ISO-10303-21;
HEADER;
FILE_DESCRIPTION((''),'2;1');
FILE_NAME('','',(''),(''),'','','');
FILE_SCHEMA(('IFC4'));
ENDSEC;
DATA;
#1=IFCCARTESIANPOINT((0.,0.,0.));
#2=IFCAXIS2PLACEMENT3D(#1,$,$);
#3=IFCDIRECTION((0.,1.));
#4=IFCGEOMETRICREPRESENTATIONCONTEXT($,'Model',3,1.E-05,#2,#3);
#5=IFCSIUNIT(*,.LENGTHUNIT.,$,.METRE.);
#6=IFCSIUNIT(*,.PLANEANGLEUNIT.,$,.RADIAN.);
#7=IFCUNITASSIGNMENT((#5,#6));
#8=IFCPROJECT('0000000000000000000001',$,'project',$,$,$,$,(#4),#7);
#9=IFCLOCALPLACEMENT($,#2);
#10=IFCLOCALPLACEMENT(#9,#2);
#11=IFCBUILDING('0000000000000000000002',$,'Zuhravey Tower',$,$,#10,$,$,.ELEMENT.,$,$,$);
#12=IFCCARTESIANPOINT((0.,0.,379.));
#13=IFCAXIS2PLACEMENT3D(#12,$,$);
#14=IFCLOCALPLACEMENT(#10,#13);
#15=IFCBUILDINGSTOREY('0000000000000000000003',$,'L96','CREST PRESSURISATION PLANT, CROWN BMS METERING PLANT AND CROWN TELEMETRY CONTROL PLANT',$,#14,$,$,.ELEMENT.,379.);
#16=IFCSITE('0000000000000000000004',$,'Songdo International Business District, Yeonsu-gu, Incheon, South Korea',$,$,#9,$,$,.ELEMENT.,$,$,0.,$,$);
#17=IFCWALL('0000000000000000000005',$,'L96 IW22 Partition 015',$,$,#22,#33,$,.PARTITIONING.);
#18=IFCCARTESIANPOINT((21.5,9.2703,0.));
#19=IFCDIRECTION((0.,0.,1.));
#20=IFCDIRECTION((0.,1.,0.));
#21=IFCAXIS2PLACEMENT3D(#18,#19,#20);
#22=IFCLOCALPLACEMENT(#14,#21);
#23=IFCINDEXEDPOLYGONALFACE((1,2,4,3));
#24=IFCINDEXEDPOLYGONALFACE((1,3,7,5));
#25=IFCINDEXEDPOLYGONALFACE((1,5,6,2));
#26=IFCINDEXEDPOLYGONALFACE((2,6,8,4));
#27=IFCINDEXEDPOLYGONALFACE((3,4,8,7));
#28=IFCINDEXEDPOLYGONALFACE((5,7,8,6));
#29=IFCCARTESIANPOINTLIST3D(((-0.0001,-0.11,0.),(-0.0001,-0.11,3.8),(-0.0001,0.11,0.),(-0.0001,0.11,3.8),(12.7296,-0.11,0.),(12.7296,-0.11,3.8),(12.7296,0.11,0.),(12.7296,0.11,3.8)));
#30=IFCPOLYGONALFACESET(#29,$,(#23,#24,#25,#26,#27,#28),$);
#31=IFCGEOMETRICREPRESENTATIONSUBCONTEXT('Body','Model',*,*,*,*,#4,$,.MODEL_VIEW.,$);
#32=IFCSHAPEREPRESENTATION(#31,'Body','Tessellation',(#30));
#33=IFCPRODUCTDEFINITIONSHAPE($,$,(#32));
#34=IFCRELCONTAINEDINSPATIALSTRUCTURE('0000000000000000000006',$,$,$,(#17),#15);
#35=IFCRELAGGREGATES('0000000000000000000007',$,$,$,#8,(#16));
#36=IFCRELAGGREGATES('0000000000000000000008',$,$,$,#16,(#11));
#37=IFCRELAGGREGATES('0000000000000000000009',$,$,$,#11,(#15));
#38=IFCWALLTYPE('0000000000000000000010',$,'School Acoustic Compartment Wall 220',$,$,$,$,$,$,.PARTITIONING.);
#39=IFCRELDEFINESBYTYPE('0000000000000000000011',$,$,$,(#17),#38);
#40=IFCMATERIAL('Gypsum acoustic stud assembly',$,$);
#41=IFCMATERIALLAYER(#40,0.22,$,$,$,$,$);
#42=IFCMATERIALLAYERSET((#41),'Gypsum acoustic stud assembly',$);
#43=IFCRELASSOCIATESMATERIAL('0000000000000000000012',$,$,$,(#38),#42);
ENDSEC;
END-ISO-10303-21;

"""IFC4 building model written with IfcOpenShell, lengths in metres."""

from ifc_helpers import new_model, si_unit, direction, frame, frame_2d, origin, place, context, subcontext, project, spatial, rectangle, extrude, material, layer, layer_set, type_object, element, save


model = new_model("IFC4")

# Units and contexts
model_context = context("Model", 3, precision=1e-05, world=origin(), true_north=direction((0.0, 1.0)))
body_context = subcontext(model_context, "Body", "Model", "MODEL_VIEW")
ifc_project = project(units=[si_unit("LENGTHUNIT", "METRE"), si_unit("PLANEANGLEUNIT", "RADIAN")], contexts=[model_context])

# Site, building, storey
site_placement = place(None, origin())
site = spatial("IfcSite", under=ifc_project, at=site_placement, Name="Songdo International Business District, Yeonsu-gu, Incheon, South Korea", CompositionType="ELEMENT", RefElevation=0.0)
building_placement = place(site_placement, origin())
building = spatial("IfcBuilding", under=site, at=building_placement, Name="Zuhravey Tower", CompositionType="ELEMENT")
storey_placement = place(building_placement, frame((0.0, 0.0, 379.0)))
storey = spatial("IfcBuildingStorey", under=building, at=storey_placement, Name="L96", Description="CREST PRESSURISATION PLANT, CROWN BMS METERING PLANT AND CROWN TELEMETRY CONTROL PLANT", CompositionType="ELEMENT", Elevation=379.0)

# Shared definitions
ifc_material_1 = material(Name="Gypsum acoustic stud assembly")
ifc_layer_1 = layer(ifc_material_1, 0.22)
ifc_layer_set_1 = layer_set([ifc_layer_1], Name="Gypsum acoustic stud assembly")
wall_type_1 = type_object("IfcWallType", Name="School Acoustic Compartment Wall 220", PredefinedType="PARTITIONING", material=ifc_layer_set_1)

# Wall
wall_1_placement = place(storey_placement, frame((21.5, 9.2703, 0.0), z_axis=(0.0, 0.0, 1.0), x_axis=(0.0, 1.0, 0.0)))
element("IfcWall", 1, at=wall_1_placement, inside=storey, type_object=wall_type_1, Name="L96 IW22 Partition 015", PredefinedType="PARTITIONING", context=body_context, shape_type="SweptSolid", body=[
    extrude(rectangle(XDim=12.7297, YDim=0.22, at=frame_2d((6.3647, 0.0))), origin(), (0.0, 0.0, 1.0), 3.8),
])

save(model, "model.ifc")
